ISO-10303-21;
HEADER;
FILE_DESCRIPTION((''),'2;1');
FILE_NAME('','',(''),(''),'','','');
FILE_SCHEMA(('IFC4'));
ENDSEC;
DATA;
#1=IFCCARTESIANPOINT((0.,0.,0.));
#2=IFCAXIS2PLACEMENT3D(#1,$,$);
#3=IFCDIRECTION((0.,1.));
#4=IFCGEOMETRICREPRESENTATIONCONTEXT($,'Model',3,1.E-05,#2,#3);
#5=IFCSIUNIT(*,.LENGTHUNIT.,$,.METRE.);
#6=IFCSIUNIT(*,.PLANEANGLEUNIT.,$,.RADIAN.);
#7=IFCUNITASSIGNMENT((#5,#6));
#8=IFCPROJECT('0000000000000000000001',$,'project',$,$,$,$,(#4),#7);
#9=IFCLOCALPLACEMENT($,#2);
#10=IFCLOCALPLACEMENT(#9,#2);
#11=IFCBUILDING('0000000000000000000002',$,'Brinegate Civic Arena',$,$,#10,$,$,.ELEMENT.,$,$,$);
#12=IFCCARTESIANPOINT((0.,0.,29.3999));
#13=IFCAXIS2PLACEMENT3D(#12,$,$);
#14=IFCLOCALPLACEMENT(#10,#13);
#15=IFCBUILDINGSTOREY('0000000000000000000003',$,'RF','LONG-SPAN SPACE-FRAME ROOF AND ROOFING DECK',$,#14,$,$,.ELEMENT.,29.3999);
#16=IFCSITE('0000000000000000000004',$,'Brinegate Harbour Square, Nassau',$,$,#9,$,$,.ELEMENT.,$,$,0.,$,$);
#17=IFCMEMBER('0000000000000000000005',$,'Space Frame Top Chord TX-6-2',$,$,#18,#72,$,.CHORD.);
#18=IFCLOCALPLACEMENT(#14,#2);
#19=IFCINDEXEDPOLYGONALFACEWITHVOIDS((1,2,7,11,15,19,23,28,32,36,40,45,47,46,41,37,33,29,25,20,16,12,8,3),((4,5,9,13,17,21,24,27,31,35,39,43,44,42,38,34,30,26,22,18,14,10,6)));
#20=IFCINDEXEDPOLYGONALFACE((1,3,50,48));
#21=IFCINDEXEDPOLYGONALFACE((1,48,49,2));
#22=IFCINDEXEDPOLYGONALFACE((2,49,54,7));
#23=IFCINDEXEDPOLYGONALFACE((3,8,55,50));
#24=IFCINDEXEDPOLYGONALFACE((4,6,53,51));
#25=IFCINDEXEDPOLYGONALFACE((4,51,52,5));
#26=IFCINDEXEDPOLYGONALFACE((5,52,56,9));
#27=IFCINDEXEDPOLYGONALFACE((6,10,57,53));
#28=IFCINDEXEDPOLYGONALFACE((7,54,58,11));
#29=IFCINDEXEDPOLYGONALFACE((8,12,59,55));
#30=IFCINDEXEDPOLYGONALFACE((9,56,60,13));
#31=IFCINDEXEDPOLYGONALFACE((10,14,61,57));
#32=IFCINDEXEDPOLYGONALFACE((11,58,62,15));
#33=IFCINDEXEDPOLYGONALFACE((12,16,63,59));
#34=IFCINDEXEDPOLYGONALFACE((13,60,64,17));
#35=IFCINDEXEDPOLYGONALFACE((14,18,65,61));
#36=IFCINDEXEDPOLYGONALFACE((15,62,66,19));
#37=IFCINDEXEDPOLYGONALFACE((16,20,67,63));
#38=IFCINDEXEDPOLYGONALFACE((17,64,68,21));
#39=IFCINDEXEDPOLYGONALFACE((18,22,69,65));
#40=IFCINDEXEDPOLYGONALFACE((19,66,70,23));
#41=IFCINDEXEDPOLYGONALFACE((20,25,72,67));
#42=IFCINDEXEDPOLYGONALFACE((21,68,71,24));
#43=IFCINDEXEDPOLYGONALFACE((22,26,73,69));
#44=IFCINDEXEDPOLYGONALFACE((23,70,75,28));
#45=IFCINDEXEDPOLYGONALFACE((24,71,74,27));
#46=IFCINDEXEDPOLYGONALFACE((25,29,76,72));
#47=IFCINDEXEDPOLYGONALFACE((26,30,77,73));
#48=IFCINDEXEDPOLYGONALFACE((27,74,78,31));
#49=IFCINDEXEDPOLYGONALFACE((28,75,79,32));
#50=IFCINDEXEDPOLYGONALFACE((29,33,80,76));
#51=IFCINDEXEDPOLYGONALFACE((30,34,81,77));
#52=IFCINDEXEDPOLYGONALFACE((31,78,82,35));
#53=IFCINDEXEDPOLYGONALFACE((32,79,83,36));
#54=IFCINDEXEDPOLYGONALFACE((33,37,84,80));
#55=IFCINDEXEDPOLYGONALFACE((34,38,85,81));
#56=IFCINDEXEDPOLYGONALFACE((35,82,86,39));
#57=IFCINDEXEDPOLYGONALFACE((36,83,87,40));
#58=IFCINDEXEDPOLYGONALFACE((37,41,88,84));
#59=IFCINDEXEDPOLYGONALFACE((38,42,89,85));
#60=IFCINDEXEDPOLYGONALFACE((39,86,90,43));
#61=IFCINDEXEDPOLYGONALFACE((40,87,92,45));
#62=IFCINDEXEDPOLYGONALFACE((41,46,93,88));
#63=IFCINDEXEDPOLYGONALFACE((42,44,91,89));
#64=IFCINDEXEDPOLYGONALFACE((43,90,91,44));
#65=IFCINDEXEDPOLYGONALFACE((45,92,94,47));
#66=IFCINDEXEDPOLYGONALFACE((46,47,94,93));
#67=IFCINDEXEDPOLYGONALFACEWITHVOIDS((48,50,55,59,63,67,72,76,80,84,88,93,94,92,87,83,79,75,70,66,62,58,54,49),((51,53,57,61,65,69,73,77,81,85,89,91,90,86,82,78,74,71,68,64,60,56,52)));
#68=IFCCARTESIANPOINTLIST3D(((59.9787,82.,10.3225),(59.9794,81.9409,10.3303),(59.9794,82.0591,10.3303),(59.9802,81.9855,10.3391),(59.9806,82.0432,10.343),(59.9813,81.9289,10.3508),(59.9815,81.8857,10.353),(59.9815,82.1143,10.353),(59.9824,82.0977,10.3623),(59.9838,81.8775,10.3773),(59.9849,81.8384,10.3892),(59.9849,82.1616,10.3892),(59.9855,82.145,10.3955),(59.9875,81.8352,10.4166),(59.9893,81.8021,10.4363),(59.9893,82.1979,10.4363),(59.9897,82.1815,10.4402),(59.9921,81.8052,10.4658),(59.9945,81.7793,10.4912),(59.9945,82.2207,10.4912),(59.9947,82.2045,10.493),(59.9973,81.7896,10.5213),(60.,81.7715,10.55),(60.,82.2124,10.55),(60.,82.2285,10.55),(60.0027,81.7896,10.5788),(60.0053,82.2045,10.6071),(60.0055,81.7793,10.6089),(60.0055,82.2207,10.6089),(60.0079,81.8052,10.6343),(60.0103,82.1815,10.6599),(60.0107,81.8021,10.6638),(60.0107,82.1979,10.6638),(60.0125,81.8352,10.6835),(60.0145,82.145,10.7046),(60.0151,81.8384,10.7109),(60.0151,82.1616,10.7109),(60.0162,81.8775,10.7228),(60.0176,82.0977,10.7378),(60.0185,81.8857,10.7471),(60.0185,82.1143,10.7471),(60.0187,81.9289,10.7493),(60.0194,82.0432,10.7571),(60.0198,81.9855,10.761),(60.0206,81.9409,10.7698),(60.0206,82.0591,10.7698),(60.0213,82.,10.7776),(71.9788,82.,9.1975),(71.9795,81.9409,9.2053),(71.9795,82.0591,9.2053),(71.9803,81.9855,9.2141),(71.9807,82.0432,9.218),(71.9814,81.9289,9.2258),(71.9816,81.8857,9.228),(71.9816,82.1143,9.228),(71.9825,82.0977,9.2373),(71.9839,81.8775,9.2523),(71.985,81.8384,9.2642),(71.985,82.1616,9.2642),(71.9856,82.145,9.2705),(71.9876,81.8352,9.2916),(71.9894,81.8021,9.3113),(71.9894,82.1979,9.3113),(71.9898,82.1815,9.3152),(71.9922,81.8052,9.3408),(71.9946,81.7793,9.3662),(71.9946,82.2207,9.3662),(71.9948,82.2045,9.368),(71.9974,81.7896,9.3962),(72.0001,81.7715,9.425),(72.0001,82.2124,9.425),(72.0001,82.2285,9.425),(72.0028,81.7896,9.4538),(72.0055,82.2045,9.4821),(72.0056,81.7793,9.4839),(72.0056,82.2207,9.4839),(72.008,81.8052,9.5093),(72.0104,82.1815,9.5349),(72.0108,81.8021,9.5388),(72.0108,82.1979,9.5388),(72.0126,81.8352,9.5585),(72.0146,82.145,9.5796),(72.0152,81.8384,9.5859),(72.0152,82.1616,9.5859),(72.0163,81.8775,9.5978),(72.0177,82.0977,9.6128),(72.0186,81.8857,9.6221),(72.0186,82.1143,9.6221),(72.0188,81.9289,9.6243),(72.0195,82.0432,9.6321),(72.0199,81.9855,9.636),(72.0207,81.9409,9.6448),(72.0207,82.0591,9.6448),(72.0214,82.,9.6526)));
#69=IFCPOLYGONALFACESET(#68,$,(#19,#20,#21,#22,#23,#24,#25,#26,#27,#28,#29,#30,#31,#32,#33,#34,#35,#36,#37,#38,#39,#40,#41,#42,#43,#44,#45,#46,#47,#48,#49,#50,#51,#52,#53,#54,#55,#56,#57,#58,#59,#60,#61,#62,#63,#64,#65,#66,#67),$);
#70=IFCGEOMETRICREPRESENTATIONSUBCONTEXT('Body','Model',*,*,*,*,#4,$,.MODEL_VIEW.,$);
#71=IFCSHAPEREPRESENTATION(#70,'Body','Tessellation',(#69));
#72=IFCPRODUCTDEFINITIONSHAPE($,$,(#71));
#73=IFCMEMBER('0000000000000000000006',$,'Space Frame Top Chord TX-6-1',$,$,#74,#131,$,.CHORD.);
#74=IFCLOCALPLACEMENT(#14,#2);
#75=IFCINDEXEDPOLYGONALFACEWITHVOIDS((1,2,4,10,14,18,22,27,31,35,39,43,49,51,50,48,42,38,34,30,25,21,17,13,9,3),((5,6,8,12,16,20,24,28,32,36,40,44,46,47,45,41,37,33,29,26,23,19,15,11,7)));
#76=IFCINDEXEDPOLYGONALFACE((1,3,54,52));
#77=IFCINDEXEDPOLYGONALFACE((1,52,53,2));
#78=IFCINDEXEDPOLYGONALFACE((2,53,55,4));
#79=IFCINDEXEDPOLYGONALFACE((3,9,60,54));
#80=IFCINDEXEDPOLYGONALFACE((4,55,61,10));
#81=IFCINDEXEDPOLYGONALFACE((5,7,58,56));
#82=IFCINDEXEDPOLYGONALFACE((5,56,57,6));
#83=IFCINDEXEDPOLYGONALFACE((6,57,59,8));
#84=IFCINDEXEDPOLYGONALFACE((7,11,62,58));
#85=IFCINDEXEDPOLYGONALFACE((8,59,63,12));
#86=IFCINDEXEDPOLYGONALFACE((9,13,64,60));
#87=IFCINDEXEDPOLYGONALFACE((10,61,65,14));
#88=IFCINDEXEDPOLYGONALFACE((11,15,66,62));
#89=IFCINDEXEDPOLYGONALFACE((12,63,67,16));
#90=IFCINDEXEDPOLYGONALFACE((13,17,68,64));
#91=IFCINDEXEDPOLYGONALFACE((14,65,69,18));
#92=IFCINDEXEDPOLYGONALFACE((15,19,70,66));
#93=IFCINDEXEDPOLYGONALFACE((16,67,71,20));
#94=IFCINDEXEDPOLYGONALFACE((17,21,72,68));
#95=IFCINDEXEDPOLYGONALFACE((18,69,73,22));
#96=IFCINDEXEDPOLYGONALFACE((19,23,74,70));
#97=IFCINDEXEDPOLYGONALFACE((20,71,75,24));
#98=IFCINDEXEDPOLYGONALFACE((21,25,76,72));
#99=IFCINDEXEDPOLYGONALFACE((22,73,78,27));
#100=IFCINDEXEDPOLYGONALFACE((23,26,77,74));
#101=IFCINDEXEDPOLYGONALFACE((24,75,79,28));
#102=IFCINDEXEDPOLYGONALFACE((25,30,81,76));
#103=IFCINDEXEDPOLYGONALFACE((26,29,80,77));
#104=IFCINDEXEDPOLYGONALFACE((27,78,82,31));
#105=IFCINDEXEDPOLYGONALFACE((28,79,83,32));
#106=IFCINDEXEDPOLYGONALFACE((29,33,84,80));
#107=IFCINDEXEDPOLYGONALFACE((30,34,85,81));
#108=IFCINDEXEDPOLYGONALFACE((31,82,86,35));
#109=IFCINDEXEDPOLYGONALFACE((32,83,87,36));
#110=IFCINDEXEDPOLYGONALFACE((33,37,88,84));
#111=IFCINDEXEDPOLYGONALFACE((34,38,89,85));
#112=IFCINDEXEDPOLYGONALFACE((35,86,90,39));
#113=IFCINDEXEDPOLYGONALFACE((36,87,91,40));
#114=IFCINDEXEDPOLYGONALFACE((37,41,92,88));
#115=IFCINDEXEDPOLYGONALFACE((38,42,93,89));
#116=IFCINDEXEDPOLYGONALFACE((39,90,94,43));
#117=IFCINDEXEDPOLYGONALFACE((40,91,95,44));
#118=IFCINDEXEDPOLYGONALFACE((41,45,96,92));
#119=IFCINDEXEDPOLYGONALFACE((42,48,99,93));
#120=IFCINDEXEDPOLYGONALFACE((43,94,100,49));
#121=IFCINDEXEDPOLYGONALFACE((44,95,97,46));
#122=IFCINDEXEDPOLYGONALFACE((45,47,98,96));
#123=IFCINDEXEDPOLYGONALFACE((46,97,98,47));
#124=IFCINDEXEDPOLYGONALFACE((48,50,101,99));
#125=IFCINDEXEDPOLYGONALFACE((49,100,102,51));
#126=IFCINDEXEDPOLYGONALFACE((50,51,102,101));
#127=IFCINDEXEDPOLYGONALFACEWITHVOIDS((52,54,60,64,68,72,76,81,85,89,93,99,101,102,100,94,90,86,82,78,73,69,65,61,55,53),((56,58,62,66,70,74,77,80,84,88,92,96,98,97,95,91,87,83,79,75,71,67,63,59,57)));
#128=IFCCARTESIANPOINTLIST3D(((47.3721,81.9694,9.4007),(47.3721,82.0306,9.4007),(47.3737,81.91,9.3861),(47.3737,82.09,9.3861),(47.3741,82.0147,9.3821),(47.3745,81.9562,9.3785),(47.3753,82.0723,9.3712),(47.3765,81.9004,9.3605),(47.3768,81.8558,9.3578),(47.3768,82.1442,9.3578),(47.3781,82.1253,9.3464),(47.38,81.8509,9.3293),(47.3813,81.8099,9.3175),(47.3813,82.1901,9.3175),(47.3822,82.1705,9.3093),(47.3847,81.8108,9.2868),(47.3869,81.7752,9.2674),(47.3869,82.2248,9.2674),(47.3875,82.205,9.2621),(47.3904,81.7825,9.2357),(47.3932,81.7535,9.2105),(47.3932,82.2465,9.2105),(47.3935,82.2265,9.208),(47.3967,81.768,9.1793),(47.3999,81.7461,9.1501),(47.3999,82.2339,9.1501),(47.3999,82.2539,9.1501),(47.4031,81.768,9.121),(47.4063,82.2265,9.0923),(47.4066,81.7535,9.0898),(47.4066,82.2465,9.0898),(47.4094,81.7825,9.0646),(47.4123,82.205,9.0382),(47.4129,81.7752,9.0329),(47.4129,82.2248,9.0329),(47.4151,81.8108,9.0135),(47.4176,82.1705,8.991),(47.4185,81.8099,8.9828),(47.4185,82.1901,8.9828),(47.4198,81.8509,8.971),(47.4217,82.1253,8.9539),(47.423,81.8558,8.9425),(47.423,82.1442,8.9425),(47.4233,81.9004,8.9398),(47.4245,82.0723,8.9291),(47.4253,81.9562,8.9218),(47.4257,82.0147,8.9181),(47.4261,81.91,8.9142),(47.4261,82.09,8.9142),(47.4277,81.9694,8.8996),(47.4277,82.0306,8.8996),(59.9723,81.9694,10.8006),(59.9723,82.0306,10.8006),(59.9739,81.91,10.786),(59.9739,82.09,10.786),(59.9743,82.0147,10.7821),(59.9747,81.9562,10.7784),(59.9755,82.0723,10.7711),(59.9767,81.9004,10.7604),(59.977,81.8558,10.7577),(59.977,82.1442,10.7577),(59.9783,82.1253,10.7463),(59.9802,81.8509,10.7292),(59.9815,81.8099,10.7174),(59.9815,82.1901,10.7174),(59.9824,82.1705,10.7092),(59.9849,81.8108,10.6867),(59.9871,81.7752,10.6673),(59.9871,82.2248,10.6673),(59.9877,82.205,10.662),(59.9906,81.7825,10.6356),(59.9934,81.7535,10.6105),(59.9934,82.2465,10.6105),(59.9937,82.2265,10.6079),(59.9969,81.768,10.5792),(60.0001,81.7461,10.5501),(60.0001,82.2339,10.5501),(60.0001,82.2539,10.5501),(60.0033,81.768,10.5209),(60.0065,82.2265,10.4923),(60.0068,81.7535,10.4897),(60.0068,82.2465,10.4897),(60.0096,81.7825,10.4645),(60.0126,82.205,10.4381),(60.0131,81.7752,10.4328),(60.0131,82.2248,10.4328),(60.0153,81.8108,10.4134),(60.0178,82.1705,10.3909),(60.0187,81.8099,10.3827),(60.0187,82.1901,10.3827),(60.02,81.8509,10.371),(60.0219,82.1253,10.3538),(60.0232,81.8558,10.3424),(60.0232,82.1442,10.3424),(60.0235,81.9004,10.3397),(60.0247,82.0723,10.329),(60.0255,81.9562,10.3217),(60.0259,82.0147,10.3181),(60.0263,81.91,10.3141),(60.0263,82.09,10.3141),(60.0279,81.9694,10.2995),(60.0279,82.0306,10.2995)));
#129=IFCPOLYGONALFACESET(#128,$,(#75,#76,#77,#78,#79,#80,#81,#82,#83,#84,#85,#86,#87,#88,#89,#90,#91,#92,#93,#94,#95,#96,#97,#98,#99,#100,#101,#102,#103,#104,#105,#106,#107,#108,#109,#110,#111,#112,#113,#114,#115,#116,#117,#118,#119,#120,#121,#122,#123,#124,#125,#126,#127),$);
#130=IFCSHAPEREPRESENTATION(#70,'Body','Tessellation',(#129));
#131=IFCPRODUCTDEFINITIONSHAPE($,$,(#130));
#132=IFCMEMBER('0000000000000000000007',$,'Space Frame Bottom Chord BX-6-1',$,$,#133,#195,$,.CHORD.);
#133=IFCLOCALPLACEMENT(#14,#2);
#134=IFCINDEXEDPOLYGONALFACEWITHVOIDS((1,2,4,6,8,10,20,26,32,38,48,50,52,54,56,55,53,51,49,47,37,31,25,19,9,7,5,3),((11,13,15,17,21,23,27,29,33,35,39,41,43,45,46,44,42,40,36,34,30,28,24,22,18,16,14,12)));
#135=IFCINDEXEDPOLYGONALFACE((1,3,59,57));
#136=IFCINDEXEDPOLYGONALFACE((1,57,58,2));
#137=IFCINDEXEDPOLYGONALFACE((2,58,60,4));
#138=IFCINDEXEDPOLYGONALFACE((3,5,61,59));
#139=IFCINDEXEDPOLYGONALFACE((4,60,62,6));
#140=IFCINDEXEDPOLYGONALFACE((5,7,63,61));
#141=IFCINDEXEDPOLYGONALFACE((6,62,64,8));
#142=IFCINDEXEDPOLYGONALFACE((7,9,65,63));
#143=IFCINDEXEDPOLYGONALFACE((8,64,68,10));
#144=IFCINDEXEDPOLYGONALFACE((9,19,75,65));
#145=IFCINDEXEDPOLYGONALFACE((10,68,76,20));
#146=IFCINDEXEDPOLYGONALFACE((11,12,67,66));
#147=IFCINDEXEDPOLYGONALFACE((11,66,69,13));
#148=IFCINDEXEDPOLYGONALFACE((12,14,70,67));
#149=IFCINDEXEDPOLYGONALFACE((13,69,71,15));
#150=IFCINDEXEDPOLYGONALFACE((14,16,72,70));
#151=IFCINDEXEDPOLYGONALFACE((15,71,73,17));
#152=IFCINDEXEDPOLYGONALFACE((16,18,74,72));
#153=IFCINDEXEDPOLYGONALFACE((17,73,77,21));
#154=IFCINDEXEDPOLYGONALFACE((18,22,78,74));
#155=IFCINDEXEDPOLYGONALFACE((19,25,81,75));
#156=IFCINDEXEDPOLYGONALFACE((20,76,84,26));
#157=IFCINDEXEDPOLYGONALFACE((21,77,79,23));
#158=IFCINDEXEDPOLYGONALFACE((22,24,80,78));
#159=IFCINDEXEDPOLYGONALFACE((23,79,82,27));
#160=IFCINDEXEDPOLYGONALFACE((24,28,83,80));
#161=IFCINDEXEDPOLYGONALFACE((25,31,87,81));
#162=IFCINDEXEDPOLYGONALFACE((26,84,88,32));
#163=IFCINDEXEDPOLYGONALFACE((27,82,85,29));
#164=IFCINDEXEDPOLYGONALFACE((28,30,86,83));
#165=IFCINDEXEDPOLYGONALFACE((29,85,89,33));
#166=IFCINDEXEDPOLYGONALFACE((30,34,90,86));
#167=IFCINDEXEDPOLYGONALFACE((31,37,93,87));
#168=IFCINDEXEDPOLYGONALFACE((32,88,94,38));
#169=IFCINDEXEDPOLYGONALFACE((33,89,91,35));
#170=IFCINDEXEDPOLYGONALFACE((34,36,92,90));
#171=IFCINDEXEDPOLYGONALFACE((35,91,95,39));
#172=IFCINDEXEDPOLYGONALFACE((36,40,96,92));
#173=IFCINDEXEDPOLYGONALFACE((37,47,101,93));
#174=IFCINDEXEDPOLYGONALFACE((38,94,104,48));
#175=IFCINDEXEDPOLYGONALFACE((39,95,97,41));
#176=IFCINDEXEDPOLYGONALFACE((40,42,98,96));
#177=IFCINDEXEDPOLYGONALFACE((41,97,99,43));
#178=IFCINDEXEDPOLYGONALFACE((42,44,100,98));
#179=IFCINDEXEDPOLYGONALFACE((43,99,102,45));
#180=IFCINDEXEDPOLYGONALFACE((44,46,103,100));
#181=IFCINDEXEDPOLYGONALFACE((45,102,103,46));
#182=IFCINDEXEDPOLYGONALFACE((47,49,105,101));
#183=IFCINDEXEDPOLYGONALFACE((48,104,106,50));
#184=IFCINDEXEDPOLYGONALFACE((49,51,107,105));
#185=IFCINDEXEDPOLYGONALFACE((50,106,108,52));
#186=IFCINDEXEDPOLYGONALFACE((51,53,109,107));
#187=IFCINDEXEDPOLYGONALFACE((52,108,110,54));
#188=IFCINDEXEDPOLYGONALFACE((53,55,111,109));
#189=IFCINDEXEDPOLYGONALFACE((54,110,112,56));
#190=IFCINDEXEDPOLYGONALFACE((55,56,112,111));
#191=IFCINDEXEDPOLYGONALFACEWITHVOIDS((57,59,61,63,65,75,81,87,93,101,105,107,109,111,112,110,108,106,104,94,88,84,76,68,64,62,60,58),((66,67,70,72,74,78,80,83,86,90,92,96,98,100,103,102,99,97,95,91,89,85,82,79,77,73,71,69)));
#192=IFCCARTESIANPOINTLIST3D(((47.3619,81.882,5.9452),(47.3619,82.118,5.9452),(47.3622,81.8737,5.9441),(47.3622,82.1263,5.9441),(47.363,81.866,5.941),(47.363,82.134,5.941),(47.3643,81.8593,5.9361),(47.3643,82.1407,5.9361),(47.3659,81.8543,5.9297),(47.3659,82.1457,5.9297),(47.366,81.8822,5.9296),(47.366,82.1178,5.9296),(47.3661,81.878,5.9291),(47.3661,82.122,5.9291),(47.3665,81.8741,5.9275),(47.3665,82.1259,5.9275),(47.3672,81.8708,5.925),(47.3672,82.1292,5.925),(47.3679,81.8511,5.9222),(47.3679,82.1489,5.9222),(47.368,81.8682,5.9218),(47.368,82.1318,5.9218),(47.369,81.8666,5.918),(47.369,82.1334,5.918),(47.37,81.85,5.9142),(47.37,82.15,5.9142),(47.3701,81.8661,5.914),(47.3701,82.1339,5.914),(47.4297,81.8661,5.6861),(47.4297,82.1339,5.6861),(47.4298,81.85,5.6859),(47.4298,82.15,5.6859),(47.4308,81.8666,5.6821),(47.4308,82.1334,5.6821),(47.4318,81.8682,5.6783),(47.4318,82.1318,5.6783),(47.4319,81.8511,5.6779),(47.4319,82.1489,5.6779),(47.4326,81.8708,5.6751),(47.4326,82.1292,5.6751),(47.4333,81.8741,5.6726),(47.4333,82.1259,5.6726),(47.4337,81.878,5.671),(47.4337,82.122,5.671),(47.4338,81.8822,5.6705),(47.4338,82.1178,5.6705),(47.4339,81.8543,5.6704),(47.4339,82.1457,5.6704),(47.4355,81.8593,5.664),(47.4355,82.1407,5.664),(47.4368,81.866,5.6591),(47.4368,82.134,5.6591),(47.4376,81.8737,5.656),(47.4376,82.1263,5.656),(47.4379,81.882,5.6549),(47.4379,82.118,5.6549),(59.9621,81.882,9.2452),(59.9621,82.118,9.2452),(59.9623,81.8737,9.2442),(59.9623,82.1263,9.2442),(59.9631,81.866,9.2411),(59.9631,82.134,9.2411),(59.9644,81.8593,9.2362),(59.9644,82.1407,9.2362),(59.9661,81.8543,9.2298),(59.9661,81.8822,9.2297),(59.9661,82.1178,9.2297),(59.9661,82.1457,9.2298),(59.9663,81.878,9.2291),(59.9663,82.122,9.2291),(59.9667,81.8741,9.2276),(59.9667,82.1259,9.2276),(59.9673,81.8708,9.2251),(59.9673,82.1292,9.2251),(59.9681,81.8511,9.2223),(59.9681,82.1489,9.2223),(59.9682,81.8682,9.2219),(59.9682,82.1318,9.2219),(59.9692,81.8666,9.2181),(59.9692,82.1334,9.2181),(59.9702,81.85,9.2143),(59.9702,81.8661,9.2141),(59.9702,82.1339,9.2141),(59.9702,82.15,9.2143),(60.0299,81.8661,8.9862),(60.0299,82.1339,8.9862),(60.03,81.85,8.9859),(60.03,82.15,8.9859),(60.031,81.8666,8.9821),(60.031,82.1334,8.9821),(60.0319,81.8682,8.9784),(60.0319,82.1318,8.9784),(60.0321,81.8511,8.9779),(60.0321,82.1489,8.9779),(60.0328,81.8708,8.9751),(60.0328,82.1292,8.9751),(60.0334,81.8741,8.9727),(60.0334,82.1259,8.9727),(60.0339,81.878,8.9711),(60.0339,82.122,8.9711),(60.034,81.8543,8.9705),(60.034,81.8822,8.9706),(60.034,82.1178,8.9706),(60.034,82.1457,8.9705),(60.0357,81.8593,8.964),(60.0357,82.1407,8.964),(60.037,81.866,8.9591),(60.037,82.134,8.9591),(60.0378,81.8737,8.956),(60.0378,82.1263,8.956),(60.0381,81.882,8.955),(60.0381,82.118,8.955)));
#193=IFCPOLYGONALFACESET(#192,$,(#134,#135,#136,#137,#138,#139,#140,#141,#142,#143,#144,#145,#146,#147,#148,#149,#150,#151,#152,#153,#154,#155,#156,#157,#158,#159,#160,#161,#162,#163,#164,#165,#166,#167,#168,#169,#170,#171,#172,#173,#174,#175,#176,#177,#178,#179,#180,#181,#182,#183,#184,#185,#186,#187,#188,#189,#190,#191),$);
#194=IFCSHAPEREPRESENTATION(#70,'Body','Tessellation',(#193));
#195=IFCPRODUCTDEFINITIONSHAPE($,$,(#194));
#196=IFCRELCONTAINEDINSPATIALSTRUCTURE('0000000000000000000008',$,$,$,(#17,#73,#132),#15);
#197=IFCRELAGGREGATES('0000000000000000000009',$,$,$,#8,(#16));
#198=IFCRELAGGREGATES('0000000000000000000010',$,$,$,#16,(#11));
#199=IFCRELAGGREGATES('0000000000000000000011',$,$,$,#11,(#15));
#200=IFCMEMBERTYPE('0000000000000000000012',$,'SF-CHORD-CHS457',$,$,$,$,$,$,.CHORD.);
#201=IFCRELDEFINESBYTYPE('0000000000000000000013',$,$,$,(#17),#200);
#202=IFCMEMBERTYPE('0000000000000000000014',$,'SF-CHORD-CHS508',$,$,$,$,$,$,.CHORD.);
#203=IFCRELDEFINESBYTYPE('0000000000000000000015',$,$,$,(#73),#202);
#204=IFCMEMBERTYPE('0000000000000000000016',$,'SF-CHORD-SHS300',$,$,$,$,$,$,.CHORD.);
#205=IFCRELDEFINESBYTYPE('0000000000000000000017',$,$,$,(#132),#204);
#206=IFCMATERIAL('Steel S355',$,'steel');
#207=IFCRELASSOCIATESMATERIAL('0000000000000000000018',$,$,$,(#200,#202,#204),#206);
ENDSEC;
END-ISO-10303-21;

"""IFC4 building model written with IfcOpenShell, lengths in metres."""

from ifc_helpers import new_model, si_unit, direction, frame, origin, origin_2d, place, context, subcontext, project, spatial, hollow_rectangle, hollow_circle, extrude, material, material_profile, profile_set, type_object, element, save


model = new_model("IFC4")

# Units and contexts
model_context = context("Model", 3, precision=1e-05, world=origin(), true_north=direction((0.0, 1.0)))
body_context = subcontext(model_context, "Body", "Model", "MODEL_VIEW")
ifc_project = project(units=[si_unit("LENGTHUNIT", "METRE"), si_unit("PLANEANGLEUNIT", "RADIAN")], contexts=[model_context])

# Site, building, storey
site_placement = place(None, origin())
site = spatial("IfcSite", under=ifc_project, at=site_placement, Name="Brinegate Harbour Square, Nassau", CompositionType="ELEMENT", RefElevation=0.0)
building_placement = place(site_placement, origin())
building = spatial("IfcBuilding", under=site, at=building_placement, Name="Brinegate Civic Arena", CompositionType="ELEMENT")
storey_placement = place(building_placement, frame((0.0, 0.0, 29.3999)))
storey = spatial("IfcBuildingStorey", under=building, at=storey_placement, Name="RF", Description="LONG-SPAN SPACE-FRAME ROOF AND ROOFING DECK", CompositionType="ELEMENT", Elevation=29.3999)

# Shared definitions
ifc_material_1 = material(Name="Steel S355", Category="steel")

# Members
ifc_material_profile_1 = material_profile(ifc_material_1, hollow_circle(Radius=0.2285, WallThickness=0.0161, at=origin_2d()), Name="CHS457X16")
ifc_profile_set_1 = profile_set([ifc_material_profile_1], Name="Steel S355")
member_type_1 = type_object("IfcMemberType", Name="SF-CHORD-CHS457", PredefinedType="CHORD", material=ifc_profile_set_1)
member_1_placement = place(storey_placement, frame((60.0, 82.0, 10.55), z_axis=(0.995634, 0.0, -0.093341), x_axis=(0.0, 1.0, 0.0)))
element("IfcMember", 1, at=member_1_placement, inside=storey, type_object=member_type_1, Name="Space Frame Top Chord TX-6-2", PredefinedType="CHORD", context=body_context, shape_type="SweptSolid", body=[
    extrude(hollow_circle(Radius=0.2285, WallThickness=0.0161, at=origin_2d()), origin(), (0.0, 0.0, 1.0), 12.0527),
])
ifc_material_profile_2 = material_profile(ifc_material_1, hollow_circle(Radius=0.2539, WallThickness=0.02, at=origin_2d()), Name="CHS508X20")
ifc_profile_set_2 = profile_set([ifc_material_profile_2], Name="Steel S355")
member_type_2 = type_object("IfcMemberType", Name="SF-CHORD-CHS508", PredefinedType="CHORD", material=ifc_profile_set_2)
member_2_placement = place(storey_placement, frame((47.3999, 82.0, 9.1501), z_axis=(0.993885, 0.0, 0.110423), x_axis=(0.0, 1.0, 0.0)))
element("IfcMember", 2, at=member_2_placement, inside=storey, type_object=member_type_2, Name="Space Frame Top Chord TX-6-1", PredefinedType="CHORD", context=body_context, shape_type="SweptSolid", body=[
    extrude(hollow_circle(Radius=0.2539, WallThickness=0.02, at=origin_2d()), origin(), (0.0, 0.0, 1.0), 12.6777),
])
ifc_material_profile_3 = material_profile(ifc_material_1, hollow_rectangle(XDim=0.3, YDim=0.3, WallThickness=0.0161, InnerFilletRadius=0.0161, OuterFilletRadius=0.032, at=origin_2d()), Name="SHS300X16")
ifc_profile_set_3 = profile_set([ifc_material_profile_3], Name="Steel S355")
member_type_3 = type_object("IfcMemberType", Name="SF-CHORD-SHS300", PredefinedType="CHORD", material=ifc_profile_set_3)
member_3_placement = place(storey_placement, frame((47.3999, 82.0, 5.8), z_axis=(0.967372, 0.0, 0.253361), x_axis=(0.0, 1.0, 0.0)))
element("IfcMember", 3, at=member_3_placement, inside=storey, type_object=member_type_3, Name="Space Frame Bottom Chord BX-6-1", PredefinedType="CHORD", context=body_context, shape_type="SweptSolid", body=[
    extrude(hollow_rectangle(XDim=0.3, YDim=0.3, WallThickness=0.0161, InnerFilletRadius=0.0161, OuterFilletRadius=0.032, at=origin_2d()), origin(), (0.0, 0.0, 1.0), 13.0251),
])

save(model, "model.ifc")
